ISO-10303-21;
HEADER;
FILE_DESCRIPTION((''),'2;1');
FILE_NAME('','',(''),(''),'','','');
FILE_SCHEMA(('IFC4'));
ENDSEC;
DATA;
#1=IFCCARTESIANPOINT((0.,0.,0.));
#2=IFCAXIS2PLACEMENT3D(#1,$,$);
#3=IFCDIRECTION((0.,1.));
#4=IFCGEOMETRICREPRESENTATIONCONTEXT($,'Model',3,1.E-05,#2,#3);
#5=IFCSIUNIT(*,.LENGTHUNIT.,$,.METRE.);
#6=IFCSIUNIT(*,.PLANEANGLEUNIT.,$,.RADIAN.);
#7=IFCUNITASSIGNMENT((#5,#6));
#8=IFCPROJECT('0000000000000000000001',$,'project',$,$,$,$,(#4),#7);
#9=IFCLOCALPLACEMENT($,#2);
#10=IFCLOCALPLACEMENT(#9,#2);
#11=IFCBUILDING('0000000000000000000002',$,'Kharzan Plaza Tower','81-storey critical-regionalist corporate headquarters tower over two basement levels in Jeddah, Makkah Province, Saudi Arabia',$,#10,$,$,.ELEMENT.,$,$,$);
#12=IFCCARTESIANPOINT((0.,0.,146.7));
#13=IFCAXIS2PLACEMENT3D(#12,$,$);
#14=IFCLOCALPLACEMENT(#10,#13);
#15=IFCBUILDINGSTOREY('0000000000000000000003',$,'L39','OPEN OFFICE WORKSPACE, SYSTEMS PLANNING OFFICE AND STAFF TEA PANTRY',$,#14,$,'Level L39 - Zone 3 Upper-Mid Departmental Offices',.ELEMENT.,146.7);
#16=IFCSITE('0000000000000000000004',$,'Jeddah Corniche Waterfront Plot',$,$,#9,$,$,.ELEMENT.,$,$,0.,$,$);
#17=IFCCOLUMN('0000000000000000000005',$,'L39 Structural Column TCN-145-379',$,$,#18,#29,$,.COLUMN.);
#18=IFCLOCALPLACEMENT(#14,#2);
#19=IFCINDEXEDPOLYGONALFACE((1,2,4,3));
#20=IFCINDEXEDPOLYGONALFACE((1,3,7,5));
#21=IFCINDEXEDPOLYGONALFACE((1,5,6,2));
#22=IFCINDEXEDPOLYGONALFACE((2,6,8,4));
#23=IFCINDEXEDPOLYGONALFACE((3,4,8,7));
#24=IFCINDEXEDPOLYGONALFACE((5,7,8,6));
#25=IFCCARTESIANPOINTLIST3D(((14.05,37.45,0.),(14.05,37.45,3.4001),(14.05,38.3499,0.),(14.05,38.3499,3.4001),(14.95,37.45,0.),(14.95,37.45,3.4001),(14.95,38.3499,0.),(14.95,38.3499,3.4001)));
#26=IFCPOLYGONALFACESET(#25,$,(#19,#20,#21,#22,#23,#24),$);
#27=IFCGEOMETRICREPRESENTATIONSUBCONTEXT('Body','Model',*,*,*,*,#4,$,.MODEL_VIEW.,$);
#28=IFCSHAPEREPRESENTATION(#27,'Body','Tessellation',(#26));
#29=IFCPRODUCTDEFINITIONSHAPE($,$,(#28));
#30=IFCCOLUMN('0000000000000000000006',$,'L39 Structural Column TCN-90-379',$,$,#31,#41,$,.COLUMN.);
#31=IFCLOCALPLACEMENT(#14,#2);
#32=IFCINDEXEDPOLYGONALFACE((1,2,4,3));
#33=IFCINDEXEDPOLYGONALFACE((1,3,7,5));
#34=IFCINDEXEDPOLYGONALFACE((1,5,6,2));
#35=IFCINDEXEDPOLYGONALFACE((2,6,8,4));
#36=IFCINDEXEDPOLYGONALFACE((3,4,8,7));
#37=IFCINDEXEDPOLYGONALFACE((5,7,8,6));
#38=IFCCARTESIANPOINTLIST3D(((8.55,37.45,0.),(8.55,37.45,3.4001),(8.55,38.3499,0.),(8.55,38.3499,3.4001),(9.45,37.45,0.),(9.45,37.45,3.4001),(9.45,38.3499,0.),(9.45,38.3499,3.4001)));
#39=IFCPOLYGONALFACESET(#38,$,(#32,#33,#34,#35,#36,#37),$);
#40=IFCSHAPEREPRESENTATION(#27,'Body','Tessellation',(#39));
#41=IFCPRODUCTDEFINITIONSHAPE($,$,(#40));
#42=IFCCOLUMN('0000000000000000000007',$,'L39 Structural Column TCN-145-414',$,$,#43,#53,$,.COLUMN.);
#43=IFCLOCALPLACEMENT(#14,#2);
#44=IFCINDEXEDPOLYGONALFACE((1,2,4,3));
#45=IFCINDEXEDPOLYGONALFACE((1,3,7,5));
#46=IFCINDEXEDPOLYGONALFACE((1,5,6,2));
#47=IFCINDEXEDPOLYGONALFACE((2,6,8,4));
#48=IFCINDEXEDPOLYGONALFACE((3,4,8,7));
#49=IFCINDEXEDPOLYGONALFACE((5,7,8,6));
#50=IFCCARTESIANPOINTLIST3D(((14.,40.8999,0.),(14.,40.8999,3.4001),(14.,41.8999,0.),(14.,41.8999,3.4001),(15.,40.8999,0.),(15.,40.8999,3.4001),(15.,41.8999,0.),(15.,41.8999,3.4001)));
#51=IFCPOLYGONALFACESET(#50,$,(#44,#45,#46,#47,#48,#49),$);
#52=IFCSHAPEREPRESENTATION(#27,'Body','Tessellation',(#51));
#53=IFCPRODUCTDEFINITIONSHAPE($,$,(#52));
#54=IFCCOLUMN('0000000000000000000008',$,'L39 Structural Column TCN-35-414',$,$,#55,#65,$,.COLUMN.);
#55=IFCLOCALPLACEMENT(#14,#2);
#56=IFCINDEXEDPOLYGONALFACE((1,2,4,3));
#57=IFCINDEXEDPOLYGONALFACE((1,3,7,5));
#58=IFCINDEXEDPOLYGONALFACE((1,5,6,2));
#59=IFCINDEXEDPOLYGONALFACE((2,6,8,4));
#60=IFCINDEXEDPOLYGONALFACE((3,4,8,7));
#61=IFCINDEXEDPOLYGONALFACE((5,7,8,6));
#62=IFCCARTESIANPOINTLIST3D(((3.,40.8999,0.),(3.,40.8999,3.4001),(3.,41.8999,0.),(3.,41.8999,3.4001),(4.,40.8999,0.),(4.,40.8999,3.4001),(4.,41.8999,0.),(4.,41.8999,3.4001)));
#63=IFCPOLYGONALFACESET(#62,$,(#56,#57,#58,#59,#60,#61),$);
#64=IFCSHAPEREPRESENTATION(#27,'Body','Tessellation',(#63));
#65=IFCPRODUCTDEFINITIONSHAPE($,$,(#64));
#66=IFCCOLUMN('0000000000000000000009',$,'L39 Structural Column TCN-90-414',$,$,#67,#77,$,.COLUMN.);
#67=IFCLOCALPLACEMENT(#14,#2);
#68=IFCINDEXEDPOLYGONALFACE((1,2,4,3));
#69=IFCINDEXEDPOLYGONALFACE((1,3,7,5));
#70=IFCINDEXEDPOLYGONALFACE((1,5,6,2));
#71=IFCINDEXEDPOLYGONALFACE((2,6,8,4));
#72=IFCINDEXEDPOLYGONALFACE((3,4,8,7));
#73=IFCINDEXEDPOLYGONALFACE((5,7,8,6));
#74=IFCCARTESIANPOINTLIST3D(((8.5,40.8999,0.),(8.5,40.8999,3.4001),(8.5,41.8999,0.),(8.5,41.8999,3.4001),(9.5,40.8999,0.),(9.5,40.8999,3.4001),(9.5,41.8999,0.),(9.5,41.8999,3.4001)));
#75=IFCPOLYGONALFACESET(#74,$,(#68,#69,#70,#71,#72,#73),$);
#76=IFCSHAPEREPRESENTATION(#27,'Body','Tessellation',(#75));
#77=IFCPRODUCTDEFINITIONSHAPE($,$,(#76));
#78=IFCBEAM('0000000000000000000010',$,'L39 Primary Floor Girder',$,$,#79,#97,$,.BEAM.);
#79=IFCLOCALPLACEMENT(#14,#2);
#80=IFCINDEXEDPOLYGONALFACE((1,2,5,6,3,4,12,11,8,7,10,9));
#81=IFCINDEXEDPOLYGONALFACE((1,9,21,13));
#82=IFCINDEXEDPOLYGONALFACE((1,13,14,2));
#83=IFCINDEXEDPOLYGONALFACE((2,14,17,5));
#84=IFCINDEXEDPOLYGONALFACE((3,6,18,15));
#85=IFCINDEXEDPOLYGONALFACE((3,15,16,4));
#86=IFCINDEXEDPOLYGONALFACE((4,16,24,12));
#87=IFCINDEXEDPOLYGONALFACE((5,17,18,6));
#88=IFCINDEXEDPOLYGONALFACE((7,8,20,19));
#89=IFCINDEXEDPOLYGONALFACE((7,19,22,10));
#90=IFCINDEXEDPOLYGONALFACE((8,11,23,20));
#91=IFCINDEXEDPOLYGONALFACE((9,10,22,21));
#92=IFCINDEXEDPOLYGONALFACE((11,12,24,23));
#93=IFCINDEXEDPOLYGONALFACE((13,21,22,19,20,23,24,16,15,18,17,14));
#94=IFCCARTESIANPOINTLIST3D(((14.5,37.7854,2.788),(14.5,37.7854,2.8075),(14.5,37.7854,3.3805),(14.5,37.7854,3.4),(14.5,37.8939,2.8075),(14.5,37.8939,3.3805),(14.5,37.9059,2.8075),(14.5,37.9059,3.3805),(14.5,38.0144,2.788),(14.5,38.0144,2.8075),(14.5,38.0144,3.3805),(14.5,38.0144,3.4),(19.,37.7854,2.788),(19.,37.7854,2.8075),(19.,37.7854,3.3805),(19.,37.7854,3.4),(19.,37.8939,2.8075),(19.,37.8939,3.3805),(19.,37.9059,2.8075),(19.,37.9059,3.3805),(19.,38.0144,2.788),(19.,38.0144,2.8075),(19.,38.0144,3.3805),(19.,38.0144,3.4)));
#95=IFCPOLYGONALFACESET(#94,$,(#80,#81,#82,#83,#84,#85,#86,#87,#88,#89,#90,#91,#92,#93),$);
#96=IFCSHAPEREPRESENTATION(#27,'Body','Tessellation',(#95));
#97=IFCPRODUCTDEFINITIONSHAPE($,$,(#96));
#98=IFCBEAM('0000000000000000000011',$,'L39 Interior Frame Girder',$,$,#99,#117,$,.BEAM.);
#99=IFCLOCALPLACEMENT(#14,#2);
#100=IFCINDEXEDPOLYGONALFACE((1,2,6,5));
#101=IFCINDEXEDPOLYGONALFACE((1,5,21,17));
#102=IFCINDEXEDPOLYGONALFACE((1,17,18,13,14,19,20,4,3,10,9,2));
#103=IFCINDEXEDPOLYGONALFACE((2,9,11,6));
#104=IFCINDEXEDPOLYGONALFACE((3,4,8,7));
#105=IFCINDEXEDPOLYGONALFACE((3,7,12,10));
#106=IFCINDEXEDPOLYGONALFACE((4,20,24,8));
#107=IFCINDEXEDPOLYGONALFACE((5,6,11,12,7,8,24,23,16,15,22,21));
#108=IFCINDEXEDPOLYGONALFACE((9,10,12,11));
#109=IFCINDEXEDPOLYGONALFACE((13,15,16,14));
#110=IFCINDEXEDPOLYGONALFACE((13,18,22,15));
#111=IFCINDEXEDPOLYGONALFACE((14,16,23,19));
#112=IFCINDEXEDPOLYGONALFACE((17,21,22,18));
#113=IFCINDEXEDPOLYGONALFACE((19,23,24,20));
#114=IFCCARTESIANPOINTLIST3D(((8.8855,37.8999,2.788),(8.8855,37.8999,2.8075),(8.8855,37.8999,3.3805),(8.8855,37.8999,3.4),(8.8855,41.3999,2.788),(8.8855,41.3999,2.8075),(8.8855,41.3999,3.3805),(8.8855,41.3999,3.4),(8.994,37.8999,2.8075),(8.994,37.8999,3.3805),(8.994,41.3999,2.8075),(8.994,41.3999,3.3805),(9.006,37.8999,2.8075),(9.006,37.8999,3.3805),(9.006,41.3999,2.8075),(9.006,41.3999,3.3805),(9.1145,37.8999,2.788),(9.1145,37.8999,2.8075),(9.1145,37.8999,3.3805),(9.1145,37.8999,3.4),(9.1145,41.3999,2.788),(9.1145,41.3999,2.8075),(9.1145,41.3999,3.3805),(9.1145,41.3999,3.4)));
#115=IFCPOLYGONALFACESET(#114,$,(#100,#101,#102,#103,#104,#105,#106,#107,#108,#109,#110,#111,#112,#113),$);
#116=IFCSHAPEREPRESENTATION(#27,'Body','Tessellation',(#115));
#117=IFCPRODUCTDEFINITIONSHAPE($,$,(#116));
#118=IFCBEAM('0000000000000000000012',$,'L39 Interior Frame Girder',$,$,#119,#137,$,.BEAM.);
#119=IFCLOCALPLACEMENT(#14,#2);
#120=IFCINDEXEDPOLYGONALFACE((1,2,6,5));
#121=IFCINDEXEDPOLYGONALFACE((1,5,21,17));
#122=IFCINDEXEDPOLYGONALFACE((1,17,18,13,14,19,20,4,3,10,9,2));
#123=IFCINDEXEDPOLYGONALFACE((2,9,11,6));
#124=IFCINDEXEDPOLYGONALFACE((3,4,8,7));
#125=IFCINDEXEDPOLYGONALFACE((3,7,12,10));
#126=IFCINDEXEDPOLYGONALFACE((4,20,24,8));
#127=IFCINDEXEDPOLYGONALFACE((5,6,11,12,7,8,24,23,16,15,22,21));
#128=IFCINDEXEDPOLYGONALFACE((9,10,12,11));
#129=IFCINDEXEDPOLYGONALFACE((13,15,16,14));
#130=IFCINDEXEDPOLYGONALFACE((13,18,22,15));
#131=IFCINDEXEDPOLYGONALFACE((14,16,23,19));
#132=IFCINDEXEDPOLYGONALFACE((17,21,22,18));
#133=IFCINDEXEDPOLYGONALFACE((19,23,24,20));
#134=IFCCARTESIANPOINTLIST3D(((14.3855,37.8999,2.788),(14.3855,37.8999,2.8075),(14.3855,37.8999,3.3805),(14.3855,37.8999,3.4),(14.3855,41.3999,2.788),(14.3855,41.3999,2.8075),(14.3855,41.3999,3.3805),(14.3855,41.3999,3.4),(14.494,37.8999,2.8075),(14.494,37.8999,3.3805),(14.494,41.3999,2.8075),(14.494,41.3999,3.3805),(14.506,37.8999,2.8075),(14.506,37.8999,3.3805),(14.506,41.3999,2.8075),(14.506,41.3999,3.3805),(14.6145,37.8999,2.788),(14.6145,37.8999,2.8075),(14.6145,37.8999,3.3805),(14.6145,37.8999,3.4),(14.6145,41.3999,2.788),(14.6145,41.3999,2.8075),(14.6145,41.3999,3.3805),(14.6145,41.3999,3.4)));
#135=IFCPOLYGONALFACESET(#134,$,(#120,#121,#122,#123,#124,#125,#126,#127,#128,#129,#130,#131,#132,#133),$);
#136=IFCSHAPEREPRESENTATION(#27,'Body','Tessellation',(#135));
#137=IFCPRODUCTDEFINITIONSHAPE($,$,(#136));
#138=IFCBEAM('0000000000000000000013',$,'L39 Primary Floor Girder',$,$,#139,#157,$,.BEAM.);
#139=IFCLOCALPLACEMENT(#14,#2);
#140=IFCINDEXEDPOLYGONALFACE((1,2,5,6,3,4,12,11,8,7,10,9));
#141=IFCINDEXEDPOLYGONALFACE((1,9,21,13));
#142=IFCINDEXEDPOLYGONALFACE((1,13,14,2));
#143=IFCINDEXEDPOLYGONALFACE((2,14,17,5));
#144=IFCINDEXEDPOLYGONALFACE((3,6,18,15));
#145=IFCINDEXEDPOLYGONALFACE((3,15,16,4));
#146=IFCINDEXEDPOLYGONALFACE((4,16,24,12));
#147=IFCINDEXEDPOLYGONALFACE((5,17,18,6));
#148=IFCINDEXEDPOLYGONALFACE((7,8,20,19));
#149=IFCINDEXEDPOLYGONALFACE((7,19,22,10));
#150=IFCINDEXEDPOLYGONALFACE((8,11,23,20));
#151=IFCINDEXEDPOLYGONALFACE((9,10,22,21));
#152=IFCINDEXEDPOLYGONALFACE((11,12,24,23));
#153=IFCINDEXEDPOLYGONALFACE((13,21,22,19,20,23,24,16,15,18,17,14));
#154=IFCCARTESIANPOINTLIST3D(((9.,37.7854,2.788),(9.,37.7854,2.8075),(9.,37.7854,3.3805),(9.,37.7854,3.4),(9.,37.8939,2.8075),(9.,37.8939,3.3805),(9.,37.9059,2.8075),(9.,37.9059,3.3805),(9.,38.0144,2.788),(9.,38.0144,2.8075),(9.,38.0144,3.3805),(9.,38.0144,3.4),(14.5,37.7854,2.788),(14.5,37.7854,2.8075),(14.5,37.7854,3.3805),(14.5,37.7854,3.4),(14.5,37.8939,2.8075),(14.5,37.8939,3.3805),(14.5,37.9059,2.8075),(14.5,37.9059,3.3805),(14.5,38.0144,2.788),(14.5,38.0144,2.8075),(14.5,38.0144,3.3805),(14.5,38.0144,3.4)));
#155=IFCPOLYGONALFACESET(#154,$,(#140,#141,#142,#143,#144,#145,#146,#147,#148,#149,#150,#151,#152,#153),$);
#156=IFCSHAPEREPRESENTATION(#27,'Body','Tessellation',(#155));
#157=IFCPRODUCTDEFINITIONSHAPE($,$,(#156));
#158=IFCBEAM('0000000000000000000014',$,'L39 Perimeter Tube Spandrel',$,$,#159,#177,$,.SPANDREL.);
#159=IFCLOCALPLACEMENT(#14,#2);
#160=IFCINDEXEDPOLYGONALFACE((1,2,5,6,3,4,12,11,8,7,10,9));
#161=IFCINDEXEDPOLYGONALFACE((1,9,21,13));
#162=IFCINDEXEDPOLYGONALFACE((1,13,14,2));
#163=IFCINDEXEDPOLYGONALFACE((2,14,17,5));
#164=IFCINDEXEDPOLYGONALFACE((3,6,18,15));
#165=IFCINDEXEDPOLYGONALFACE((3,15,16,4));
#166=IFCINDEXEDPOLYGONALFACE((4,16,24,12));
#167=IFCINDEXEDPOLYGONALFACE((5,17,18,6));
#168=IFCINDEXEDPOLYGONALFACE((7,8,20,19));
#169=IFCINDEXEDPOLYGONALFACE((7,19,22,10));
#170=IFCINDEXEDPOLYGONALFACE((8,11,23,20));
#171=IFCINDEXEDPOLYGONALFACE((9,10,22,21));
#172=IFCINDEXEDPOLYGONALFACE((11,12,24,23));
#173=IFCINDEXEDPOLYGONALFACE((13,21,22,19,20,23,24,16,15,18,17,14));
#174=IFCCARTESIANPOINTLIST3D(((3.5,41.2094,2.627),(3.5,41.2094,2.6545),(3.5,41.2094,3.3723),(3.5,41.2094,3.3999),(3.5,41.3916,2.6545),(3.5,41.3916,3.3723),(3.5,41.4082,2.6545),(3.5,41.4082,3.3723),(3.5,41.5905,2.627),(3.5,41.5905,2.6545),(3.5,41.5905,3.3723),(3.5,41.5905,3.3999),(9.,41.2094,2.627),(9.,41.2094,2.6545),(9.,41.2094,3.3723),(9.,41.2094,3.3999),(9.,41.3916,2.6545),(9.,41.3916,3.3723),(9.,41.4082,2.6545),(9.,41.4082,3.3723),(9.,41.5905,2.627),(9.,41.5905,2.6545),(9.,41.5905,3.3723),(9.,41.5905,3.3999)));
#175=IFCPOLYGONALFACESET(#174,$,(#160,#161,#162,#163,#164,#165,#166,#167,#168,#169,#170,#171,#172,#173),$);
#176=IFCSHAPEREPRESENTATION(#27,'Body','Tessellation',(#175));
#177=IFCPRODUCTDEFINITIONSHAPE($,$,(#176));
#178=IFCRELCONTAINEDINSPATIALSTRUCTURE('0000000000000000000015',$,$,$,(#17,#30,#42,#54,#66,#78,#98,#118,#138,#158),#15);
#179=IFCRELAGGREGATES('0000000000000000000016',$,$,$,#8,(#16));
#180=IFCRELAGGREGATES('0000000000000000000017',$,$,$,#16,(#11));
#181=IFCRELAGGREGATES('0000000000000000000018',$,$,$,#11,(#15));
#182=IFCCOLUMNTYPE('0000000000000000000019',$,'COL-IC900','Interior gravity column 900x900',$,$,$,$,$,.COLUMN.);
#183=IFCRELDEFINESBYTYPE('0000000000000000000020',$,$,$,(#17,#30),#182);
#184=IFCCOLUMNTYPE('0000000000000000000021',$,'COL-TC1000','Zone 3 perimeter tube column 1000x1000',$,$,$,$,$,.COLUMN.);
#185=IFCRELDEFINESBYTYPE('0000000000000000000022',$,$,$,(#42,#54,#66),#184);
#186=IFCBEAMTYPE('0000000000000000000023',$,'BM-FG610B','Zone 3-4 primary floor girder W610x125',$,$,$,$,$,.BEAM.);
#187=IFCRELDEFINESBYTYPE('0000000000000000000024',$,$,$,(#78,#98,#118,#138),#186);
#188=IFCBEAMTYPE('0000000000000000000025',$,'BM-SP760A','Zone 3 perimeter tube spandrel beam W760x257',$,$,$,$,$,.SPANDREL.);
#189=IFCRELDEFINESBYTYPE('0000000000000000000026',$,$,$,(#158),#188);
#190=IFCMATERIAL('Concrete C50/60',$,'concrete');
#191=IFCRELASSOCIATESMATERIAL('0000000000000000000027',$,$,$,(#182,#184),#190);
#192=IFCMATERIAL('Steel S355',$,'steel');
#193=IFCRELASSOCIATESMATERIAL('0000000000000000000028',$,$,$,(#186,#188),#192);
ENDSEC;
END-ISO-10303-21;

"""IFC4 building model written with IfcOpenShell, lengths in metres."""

from ifc_helpers import new_model, si_unit, direction, frame, origin, origin_2d, place, context, subcontext, project, spatial, rectangle, i_section, extrude, source, transform, mapped, material, material_profile, profile_set, type_object, element, save


model = new_model("IFC4")

# Units and contexts
model_context = context("Model", 3, precision=1e-05, world=origin(), true_north=direction((0.0, 1.0)))
body_context = subcontext(model_context, "Body", "Model", "MODEL_VIEW")
ifc_project = project(units=[si_unit("LENGTHUNIT", "METRE"), si_unit("PLANEANGLEUNIT", "RADIAN")], contexts=[model_context])

# Site, building, storey
site_placement = place(None, origin())
site = spatial("IfcSite", under=ifc_project, at=site_placement, Name="Jeddah Corniche Waterfront Plot", CompositionType="ELEMENT", RefElevation=0.0)
building_placement = place(site_placement, origin())
building = spatial("IfcBuilding", under=site, at=building_placement, Name="Kharzan Plaza Tower", Description="81-storey critical-regionalist corporate headquarters tower over two basement levels in Jeddah, Makkah Province, Saudi Arabia", CompositionType="ELEMENT")
storey_placement = place(building_placement, frame((0.0, 0.0, 146.7)))
storey = spatial("IfcBuildingStorey", under=building, at=storey_placement, Name="L39", Description="OPEN OFFICE WORKSPACE, SYSTEMS PLANNING OFFICE AND STAFF TEA PANTRY", LongName="Level L39 - Zone 3 Upper-Mid Departmental Offices", CompositionType="ELEMENT", Elevation=146.7)

# Columns
ifc_material_1 = material(Name="Concrete C50/60", Category="concrete")
ifc_material_profile_1 = material_profile(ifc_material_1, rectangle(XDim=0.8999, YDim=0.8999, at=origin_2d()), Name="RC-IC900x900")
ifc_profile_set_1 = profile_set([ifc_material_profile_1], Name="Concrete C50/60")
column_type_1 = type_object("IfcColumnType", Name="COL-IC900", Description="Interior gravity column 900x900", PredefinedType="COLUMN", material=ifc_profile_set_1)
shared_shape_1 = source(origin(), body_context, "Body", "SweptSolid", [
    extrude(rectangle(XDim=0.8999, YDim=0.8999, at=origin_2d()), origin(), (0.0, 0.0, 1.0), 3.4001),
])
for number, where, z_axis, x_axis, name in (
    (1, (14.5, 37.8999, 0.0), (0.0, 0.0, 1.0), (1.0, 0.0, 0.0), "L39 Structural Column TCN-145-379"),
    (2, (9.0, 37.8999, 0.0), (0.0, 0.0, 1.0), (1.0, 0.0, 0.0), "L39 Structural Column TCN-90-379"),
):
    element("IfcColumn", number, at=place(storey_placement, frame(where, z_axis=z_axis, x_axis=x_axis)), inside=storey, type_object=column_type_1, Name=name, PredefinedType="COLUMN", context=body_context, shape_type="MappedRepresentation", body=[
        mapped(shared_shape_1, transform((0.0, 0.0, 0.0), x_axis=(1.0, 0.0, 0.0), y_axis=(0.0, 1.0, 0.0), z_axis=(0.0, 0.0, 1.0))),
    ])
ifc_material_profile_2 = material_profile(ifc_material_1, rectangle(XDim=1.0, YDim=1.0, at=origin_2d()), Name="RC-TC1000x1000")
ifc_profile_set_2 = profile_set([ifc_material_profile_2], Name="Concrete C50/60")
column_type_2 = type_object("IfcColumnType", Name="COL-TC1000", Description="Zone 3 perimeter tube column 1000x1000", PredefinedType="COLUMN", material=ifc_profile_set_2)
shared_shape_2 = source(origin(), body_context, "Body", "SweptSolid", [
    extrude(rectangle(XDim=1.0, YDim=1.0, at=origin_2d()), origin(), (0.0, 0.0, 1.0), 3.4001),
])
for number, where, z_axis, x_axis, name in (
    (3, (14.5, 41.3999, 0.0), (0.0, 0.0, 1.0), (1.0, 0.0, 0.0), "L39 Structural Column TCN-145-414"),
    (4, (3.5, 41.3999, 0.0), (0.0, 0.0, 1.0), (1.0, 0.0, 0.0), "L39 Structural Column TCN-35-414"),
    (5, (9.0, 41.3999, 0.0), (0.0, 0.0, 1.0), (1.0, 0.0, 0.0), "L39 Structural Column TCN-90-414"),
):
    element("IfcColumn", number, at=place(storey_placement, frame(where, z_axis=z_axis, x_axis=x_axis)), inside=storey, type_object=column_type_2, Name=name, PredefinedType="COLUMN", context=body_context, shape_type="MappedRepresentation", body=[
        mapped(shared_shape_2, transform((0.0, 0.0, 0.0), x_axis=(1.0, 0.0, 0.0), y_axis=(0.0, 1.0, 0.0), z_axis=(0.0, 0.0, 1.0))),
    ])

# Beams
ifc_material_2 = material(Name="Steel S355", Category="steel")
ifc_material_profile_3 = material_profile(ifc_material_2, i_section(OverallWidth=0.229, OverallDepth=0.6121, WebThickness=0.012, FlangeThickness=0.0195, at=origin_2d()), Name="W610x125")
ifc_profile_set_3 = profile_set([ifc_material_profile_3], Name="Steel S355")
beam_type_1 = type_object("IfcBeamType", Name="BM-FG610B", Description="Zone 3-4 primary floor girder W610x125", PredefinedType="BEAM", material=ifc_profile_set_3)
shared_shape_3 = source(origin(), body_context, "Body", "SweptSolid", [
    extrude(i_section(OverallWidth=0.229, OverallDepth=0.6121, WebThickness=0.012, FlangeThickness=0.0195, at=origin_2d()), origin(), (0.0, 0.0, 1.0), 4.5),
])
beam_1_placement = place(storey_placement, frame((14.5, 37.8999, 3.094), z_axis=(1.0, 0.0, 0.0), x_axis=(0.0, 1.0, 0.0)))
element("IfcBeam", 6, at=beam_1_placement, inside=storey, type_object=beam_type_1, Name="L39 Primary Floor Girder", PredefinedType="BEAM", context=body_context, shape_type="MappedRepresentation", body=[
    mapped(shared_shape_3, transform((0.0, 0.0, 0.0), x_axis=(1.0, 0.0, 0.0), y_axis=(0.0, 1.0, 0.0), z_axis=(0.0, 0.0, 1.0))),
])
shared_shape_4 = source(origin(), body_context, "Body", "SweptSolid", [
    extrude(i_section(OverallWidth=0.229, OverallDepth=0.6121, WebThickness=0.012, FlangeThickness=0.0195, at=origin_2d()), origin(), (0.0, 0.0, 1.0), 3.5),
])
for number, where, z_axis, x_axis, name in (
    (7, (9.0, 37.8999, 3.094), (0.0, 1.0, 0.0), (-1.0, 0.0, 0.0), "L39 Interior Frame Girder"),
    (8, (14.5, 37.8999, 3.094), (0.0, 1.0, 0.0), (-1.0, 0.0, 0.0), "L39 Interior Frame Girder"),
):
    element("IfcBeam", number, at=place(storey_placement, frame(where, z_axis=z_axis, x_axis=x_axis)), inside=storey, type_object=beam_type_1, Name=name, PredefinedType="BEAM", context=body_context, shape_type="MappedRepresentation", body=[
        mapped(shared_shape_4, transform((0.0, 0.0, 0.0), x_axis=(1.0, 0.0, 0.0), y_axis=(0.0, 1.0, 0.0), z_axis=(0.0, 0.0, 1.0))),
    ])
shared_shape_5 = source(origin(), body_context, "Body", "SweptSolid", [
    extrude(i_section(OverallWidth=0.229, OverallDepth=0.6121, WebThickness=0.012, FlangeThickness=0.0195, at=origin_2d()), origin(), (0.0, 0.0, 1.0), 5.5),
])
beam_2_placement = place(storey_placement, frame((9.0, 37.8999, 3.094), z_axis=(1.0, 0.0, 0.0), x_axis=(0.0, 1.0, 0.0)))
element("IfcBeam", 9, at=beam_2_placement, inside=storey, type_object=beam_type_1, Name="L39 Primary Floor Girder", PredefinedType="BEAM", context=body_context, shape_type="MappedRepresentation", body=[
    mapped(shared_shape_5, transform((0.0, 0.0, 0.0), x_axis=(1.0, 0.0, 0.0), y_axis=(0.0, 1.0, 0.0), z_axis=(0.0, 0.0, 1.0))),
])
ifc_material_profile_4 = material_profile(ifc_material_2, i_section(OverallWidth=0.3811, OverallDepth=0.7729, WebThickness=0.0166, FlangeThickness=0.0276, at=origin_2d()), Name="W760x257")
ifc_profile_set_4 = profile_set([ifc_material_profile_4], Name="Steel S355")
beam_type_2 = type_object("IfcBeamType", Name="BM-SP760A", Description="Zone 3 perimeter tube spandrel beam W760x257", PredefinedType="SPANDREL", material=ifc_profile_set_4)
shared_shape_6 = source(origin(), body_context, "Body", "SweptSolid", [
    extrude(i_section(OverallWidth=0.3811, OverallDepth=0.7729, WebThickness=0.0166, FlangeThickness=0.0276, at=origin_2d()), origin(), (0.0, 0.0, 1.0), 5.5),
])
for number, where, z_axis, x_axis, name in (
    (10, (3.5, 41.3999, 3.0134), (1.0, 0.0, 0.0), (0.0, 1.0, 0.0), "L39 Perimeter Tube Spandrel"),
):
    element("IfcBeam", number, at=place(storey_placement, frame(where, z_axis=z_axis, x_axis=x_axis)), inside=storey, type_object=beam_type_2, Name=name, PredefinedType="SPANDREL", context=body_context, shape_type="MappedRepresentation", body=[
        mapped(shared_shape_6, transform((0.0, 0.0, 0.0), x_axis=(1.0, 0.0, 0.0), y_axis=(0.0, 1.0, 0.0), z_axis=(0.0, 0.0, 1.0))),
    ])

save(model, "model.ifc")
